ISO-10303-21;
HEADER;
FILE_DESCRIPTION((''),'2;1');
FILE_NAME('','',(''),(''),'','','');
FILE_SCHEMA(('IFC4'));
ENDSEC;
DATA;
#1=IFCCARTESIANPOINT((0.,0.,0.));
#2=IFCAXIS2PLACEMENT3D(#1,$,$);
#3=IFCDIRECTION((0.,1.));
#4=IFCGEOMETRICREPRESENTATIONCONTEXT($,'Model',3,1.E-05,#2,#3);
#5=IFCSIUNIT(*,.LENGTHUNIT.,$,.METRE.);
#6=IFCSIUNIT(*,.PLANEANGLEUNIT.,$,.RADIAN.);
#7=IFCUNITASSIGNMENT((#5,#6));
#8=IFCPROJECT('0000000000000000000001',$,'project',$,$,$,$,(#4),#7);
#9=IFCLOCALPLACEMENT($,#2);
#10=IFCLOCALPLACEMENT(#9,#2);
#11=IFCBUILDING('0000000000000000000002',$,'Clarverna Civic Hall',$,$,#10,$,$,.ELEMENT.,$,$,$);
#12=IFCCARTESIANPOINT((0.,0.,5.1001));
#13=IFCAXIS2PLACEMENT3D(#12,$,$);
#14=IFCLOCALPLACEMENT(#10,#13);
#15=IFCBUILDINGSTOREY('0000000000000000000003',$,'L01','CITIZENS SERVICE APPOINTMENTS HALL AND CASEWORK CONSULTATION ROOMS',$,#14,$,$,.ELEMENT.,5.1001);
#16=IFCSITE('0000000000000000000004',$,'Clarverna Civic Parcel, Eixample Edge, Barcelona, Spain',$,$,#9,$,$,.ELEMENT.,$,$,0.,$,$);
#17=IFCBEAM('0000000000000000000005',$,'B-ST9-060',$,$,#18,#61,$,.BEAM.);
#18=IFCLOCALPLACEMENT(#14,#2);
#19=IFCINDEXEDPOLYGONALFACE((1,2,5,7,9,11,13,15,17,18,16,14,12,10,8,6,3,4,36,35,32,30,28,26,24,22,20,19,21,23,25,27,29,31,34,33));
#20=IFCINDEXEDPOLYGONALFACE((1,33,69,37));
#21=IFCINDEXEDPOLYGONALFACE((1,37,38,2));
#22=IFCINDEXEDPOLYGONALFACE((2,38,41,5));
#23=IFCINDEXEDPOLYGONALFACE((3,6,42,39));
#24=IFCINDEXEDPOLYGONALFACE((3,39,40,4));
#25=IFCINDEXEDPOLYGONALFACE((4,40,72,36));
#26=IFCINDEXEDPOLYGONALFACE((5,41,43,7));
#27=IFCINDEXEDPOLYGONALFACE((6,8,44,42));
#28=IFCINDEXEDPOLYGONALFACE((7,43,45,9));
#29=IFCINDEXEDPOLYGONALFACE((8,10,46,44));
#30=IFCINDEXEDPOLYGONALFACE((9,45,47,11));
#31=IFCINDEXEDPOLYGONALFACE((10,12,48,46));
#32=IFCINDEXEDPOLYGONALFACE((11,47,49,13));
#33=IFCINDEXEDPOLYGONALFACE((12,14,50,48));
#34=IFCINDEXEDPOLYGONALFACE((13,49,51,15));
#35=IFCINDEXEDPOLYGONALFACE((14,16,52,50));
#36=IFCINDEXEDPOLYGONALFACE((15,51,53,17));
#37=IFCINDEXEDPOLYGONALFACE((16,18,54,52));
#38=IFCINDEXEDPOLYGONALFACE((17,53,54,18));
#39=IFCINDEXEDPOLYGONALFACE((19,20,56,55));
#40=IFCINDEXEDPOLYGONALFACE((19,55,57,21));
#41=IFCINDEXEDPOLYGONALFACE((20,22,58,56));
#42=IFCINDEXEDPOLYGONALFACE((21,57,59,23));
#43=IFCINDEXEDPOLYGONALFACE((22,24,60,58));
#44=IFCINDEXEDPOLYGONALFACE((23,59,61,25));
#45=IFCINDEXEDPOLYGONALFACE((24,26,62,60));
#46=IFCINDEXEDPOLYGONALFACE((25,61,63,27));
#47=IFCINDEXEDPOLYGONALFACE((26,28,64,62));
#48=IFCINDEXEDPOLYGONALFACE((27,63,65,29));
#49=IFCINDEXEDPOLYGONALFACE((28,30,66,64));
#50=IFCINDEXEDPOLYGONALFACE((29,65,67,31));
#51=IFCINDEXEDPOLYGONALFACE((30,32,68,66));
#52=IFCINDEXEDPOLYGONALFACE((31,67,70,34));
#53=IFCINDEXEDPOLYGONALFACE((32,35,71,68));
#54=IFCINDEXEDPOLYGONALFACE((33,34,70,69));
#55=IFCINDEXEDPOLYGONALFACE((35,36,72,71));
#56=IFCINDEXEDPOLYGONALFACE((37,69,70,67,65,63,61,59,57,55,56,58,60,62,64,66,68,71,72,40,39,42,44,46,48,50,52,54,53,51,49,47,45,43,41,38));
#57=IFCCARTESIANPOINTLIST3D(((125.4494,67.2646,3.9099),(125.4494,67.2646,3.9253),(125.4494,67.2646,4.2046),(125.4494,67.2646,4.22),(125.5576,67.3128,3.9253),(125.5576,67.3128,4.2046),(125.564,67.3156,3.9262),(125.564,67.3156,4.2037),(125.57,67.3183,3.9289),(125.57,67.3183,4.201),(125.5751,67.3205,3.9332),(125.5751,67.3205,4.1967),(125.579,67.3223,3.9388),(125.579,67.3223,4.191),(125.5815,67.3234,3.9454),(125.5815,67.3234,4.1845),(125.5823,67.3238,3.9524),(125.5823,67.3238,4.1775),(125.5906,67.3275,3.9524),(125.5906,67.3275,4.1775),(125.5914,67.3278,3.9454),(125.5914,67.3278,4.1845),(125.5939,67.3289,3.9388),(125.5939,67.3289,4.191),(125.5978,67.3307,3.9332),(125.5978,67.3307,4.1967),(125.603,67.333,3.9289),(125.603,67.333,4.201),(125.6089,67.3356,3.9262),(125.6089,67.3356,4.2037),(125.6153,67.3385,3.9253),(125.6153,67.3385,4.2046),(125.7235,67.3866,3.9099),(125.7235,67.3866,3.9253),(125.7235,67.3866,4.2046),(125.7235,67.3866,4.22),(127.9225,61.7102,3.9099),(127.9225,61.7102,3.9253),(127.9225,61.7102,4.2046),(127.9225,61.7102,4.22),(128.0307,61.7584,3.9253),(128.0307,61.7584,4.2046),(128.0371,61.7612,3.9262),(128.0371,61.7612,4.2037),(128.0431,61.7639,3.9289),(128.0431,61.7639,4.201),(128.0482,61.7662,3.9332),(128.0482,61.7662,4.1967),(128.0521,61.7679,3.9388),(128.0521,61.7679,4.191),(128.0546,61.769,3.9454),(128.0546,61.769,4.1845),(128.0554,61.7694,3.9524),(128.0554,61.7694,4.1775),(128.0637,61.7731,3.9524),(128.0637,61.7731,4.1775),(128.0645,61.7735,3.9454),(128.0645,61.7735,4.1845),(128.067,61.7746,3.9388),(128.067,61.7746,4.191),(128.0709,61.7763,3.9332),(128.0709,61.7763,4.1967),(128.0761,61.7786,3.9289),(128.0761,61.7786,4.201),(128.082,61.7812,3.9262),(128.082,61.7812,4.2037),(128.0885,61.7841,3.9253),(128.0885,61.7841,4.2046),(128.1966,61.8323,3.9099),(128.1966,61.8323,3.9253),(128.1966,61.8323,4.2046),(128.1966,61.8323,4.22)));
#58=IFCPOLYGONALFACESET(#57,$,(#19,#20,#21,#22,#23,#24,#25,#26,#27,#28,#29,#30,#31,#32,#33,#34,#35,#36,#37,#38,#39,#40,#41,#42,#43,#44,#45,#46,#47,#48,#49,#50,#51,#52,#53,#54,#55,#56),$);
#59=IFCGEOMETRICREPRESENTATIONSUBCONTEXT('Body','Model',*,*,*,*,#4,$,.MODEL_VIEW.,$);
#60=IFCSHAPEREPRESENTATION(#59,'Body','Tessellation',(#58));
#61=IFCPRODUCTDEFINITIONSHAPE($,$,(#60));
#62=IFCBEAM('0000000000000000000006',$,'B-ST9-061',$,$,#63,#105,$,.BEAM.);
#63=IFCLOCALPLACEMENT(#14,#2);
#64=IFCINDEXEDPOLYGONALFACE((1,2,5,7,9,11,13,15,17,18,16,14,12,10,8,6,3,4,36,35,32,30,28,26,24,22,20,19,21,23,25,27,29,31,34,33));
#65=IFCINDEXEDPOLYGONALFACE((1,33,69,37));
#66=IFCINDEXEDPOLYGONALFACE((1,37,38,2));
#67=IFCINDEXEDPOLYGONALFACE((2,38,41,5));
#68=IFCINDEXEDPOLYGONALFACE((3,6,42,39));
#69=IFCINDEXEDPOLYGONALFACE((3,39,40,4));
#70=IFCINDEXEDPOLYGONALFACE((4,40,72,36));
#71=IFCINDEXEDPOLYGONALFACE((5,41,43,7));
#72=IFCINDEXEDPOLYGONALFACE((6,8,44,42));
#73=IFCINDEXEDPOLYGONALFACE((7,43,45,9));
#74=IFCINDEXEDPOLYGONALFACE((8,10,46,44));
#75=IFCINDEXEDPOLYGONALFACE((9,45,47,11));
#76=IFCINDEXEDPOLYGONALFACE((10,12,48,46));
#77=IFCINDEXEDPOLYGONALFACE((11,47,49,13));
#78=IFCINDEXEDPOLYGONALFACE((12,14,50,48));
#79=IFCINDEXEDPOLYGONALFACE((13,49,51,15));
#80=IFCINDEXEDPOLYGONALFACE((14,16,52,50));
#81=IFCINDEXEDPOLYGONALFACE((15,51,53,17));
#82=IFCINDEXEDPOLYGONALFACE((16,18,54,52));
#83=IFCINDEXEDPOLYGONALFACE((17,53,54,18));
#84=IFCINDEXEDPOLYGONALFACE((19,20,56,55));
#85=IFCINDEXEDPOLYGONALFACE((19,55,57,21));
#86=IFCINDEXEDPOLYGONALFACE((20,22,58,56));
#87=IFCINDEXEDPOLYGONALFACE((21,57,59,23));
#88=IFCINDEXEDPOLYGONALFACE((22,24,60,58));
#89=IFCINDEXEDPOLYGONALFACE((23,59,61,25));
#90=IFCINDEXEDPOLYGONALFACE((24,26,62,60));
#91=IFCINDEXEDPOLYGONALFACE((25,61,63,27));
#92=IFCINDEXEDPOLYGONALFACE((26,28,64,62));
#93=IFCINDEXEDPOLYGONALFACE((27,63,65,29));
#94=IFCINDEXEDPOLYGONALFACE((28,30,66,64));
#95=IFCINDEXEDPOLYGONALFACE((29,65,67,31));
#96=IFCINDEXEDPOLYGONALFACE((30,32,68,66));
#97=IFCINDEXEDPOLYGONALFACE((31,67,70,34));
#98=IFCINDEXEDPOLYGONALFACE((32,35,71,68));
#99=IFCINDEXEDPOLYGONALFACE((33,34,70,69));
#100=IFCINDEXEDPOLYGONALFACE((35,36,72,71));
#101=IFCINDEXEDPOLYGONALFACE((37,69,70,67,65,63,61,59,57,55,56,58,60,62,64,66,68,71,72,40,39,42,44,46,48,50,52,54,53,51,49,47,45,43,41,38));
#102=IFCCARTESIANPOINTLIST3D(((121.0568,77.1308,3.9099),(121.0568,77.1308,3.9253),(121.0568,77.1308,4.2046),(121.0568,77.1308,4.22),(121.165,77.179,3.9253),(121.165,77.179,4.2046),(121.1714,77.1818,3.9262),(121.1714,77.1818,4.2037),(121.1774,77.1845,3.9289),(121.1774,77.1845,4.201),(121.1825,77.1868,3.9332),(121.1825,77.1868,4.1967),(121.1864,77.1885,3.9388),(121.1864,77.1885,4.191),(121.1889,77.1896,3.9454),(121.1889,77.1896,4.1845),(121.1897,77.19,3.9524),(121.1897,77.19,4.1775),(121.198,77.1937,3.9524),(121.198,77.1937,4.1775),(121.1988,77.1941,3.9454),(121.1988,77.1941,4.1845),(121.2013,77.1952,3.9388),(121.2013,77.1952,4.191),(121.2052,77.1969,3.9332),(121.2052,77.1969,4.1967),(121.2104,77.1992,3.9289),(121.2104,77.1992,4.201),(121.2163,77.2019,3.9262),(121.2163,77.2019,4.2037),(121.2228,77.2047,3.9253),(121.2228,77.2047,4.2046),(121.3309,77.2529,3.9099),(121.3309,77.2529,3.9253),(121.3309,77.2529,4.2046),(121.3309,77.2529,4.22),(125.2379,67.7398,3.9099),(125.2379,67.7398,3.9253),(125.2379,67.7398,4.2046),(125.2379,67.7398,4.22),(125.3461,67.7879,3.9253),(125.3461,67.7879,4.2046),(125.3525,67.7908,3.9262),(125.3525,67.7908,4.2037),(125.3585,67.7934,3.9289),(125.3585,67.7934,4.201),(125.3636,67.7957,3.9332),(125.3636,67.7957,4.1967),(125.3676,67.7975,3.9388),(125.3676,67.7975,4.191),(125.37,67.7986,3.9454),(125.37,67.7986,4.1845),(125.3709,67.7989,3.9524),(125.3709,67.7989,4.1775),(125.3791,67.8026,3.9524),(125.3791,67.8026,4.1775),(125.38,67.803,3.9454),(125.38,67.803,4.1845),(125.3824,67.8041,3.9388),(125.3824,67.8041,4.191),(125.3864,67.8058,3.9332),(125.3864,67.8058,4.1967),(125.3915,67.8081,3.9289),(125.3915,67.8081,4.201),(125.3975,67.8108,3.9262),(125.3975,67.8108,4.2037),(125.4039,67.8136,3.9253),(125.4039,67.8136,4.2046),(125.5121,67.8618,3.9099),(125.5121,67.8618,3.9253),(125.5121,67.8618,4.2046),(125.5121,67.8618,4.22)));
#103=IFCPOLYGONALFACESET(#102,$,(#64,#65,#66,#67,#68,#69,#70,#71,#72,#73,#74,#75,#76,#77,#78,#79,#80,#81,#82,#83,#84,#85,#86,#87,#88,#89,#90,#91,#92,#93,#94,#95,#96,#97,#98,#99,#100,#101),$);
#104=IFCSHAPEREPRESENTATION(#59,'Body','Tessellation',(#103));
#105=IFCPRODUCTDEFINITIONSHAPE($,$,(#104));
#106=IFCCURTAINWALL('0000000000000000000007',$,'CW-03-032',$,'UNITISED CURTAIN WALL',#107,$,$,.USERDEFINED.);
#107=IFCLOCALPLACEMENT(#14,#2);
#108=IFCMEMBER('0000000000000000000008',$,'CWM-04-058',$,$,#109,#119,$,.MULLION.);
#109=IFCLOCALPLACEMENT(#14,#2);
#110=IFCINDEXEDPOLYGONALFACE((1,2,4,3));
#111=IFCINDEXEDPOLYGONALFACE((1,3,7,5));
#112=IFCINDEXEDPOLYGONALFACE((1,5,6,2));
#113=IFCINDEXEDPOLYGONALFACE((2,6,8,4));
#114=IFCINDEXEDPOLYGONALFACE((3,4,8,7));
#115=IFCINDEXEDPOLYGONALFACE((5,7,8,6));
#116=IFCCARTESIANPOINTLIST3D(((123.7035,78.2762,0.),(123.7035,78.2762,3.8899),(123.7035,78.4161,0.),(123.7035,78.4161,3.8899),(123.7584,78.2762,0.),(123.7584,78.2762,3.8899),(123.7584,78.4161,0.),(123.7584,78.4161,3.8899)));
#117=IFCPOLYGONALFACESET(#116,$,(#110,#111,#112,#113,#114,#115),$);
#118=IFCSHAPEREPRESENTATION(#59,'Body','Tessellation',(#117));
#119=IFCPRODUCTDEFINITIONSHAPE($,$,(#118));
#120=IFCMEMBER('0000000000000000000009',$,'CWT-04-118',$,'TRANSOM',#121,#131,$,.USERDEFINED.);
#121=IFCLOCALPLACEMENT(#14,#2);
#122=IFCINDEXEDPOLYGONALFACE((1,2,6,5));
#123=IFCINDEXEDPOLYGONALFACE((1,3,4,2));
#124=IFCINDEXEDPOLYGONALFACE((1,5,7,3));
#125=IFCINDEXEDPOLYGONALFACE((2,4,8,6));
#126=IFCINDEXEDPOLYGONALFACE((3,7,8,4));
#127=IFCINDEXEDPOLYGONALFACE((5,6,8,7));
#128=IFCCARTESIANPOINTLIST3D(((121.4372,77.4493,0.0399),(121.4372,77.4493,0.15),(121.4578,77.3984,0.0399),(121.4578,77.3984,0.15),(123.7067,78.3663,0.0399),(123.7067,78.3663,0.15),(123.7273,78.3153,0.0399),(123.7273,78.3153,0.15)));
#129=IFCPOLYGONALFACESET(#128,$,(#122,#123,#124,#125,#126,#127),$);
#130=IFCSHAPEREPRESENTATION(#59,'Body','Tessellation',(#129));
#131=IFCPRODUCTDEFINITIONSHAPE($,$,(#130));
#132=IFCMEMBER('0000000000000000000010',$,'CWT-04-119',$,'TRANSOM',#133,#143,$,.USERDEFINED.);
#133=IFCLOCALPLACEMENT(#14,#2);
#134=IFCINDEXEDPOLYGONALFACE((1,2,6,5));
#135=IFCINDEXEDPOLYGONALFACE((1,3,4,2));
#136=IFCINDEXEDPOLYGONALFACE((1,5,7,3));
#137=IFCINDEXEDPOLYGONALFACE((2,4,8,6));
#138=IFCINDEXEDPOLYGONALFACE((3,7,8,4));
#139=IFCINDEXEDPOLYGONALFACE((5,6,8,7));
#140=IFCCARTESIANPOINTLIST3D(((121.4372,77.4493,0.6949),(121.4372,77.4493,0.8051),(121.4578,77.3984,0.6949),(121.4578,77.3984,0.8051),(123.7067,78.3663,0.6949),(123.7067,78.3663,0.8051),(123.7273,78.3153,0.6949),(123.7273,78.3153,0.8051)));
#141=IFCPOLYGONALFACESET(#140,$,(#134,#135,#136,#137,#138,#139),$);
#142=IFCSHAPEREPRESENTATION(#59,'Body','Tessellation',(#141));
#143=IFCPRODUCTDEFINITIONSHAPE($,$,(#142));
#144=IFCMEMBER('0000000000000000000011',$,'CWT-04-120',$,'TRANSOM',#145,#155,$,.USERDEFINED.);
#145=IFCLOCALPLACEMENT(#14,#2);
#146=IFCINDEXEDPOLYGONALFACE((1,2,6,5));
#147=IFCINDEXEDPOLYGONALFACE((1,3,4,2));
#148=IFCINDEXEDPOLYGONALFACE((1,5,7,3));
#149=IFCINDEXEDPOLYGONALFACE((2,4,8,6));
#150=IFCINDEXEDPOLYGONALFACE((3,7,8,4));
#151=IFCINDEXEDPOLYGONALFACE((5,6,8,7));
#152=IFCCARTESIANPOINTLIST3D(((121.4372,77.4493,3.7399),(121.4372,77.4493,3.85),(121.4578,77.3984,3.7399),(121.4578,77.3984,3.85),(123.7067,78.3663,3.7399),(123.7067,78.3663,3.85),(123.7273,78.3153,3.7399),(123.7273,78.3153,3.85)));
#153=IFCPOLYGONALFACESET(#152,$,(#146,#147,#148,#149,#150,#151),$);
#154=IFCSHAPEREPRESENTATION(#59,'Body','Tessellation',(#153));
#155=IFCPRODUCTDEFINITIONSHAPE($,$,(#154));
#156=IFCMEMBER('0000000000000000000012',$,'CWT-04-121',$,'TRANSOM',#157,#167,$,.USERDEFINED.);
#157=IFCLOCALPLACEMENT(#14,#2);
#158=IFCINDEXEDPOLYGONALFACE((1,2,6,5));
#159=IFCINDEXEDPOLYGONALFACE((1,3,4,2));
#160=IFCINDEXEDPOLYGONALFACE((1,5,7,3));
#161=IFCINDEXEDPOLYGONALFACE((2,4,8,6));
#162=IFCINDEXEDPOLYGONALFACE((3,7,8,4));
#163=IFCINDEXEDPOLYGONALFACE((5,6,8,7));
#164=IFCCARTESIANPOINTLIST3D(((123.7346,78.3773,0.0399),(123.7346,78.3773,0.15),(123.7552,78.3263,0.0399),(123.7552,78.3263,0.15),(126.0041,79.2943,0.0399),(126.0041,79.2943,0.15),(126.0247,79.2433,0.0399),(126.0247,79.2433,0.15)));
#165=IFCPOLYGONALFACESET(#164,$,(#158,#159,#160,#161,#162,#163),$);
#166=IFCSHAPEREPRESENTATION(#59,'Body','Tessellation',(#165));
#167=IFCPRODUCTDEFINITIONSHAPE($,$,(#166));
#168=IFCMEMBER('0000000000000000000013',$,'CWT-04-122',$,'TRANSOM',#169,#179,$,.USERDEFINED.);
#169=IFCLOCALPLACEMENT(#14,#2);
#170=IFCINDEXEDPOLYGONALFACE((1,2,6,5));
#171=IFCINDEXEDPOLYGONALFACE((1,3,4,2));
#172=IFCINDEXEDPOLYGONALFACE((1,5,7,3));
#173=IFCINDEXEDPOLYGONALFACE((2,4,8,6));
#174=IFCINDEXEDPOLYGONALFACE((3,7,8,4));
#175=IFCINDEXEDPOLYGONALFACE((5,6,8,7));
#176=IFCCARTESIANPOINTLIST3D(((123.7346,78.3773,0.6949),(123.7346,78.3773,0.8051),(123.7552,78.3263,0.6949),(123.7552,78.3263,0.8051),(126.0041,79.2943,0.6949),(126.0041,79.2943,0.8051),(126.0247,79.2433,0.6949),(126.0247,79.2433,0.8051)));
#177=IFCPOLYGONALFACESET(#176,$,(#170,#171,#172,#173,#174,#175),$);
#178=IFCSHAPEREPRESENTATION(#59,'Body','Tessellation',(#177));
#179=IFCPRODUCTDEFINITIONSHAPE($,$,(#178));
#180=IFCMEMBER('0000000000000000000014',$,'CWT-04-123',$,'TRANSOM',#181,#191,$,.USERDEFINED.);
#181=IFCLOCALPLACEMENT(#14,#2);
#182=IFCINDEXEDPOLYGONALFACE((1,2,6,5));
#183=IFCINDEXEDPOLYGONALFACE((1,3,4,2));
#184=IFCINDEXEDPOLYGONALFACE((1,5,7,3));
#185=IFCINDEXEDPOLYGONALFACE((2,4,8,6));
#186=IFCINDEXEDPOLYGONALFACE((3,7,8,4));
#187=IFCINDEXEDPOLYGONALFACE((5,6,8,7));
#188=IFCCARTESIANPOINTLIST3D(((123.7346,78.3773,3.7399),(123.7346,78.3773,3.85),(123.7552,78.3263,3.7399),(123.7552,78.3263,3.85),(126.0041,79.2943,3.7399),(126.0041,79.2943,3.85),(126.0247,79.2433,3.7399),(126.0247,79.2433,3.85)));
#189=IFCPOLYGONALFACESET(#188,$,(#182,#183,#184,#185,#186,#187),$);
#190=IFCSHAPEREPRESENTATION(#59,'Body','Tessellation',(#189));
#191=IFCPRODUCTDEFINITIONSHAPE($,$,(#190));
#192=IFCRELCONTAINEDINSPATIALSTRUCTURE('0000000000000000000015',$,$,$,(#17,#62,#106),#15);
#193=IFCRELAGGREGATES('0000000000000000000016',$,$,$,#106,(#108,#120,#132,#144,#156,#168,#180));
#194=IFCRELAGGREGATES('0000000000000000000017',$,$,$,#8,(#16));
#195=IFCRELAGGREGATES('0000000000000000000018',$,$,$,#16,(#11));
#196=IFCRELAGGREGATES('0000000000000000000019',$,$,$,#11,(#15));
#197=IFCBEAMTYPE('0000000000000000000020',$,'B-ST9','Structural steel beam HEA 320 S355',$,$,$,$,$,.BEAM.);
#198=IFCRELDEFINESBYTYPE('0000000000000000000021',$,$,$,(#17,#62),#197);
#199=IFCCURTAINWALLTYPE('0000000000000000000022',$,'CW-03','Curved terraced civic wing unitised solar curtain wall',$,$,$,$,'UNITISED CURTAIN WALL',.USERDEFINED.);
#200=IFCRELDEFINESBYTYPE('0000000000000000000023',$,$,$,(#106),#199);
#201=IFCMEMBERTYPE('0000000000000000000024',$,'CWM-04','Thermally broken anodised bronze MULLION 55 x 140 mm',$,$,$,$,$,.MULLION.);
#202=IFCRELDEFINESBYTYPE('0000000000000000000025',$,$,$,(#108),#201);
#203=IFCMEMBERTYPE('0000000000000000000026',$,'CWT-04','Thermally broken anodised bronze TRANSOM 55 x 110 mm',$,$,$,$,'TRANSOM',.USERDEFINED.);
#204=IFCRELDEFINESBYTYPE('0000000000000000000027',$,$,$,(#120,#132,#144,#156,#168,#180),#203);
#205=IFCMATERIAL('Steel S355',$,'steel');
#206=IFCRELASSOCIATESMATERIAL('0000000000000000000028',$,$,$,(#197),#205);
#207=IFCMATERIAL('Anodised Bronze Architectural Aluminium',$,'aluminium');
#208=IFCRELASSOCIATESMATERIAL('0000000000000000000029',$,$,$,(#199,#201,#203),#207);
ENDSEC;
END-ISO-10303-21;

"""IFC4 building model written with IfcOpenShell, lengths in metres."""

from ifc_helpers import new_model, si_unit, direction, frame, origin, origin_2d, place, context, subcontext, project, spatial, rectangle, i_section, extrude, material, material_profile, profile_set, type_object, element, aggregate, save


model = new_model("IFC4")

# Units and contexts
model_context = context("Model", 3, precision=1e-05, world=origin(), true_north=direction((0.0, 1.0)))
body_context = subcontext(model_context, "Body", "Model", "MODEL_VIEW")
ifc_project = project(units=[si_unit("LENGTHUNIT", "METRE"), si_unit("PLANEANGLEUNIT", "RADIAN")], contexts=[model_context])

# Site, building, storey
site_placement = place(None, origin())
site = spatial("IfcSite", under=ifc_project, at=site_placement, Name="Clarverna Civic Parcel, Eixample Edge, Barcelona, Spain", CompositionType="ELEMENT", RefElevation=0.0)
building_placement = place(site_placement, origin())
building = spatial("IfcBuilding", under=site, at=building_placement, Name="Clarverna Civic Hall", CompositionType="ELEMENT")
storey_placement = place(building_placement, frame((0.0, 0.0, 5.1001)))
storey = spatial("IfcBuildingStorey", under=building, at=storey_placement, Name="L01", Description="CITIZENS SERVICE APPOINTMENTS HALL AND CASEWORK CONSULTATION ROOMS", CompositionType="ELEMENT", Elevation=5.1001)

# Beams
ifc_material_1 = material(Name="Steel S355", Category="steel")
ifc_material_profile_1 = material_profile(ifc_material_1, i_section(OverallWidth=0.3, OverallDepth=0.3101, WebThickness=0.009, FlangeThickness=0.0154, FilletRadius=0.0271, at=origin_2d()), Name="HEA 320")
ifc_profile_set_1 = profile_set([ifc_material_profile_1], Name="Steel S355")
beam_type_1 = type_object("IfcBeamType", Name="B-ST9", Description="Structural steel beam HEA 320 S355", PredefinedType="BEAM", material=ifc_profile_set_1)
beam_1_placement = place(storey_placement, frame((128.0596, 61.7712, 4.0649), z_axis=(-0.406757, 0.913536, 0.0), x_axis=(-0.913536, -0.406757, 0.0)))
element("IfcBeam", 1, at=beam_1_placement, inside=storey, type_object=beam_type_1, Name="B-ST9-060", PredefinedType="BEAM", context=body_context, shape_type="SweptSolid", body=[
    extrude(i_section(OverallWidth=0.3, OverallDepth=0.3101, WebThickness=0.009, FlangeThickness=0.0154, FilletRadius=0.0271, at=origin_2d()), origin(), (0.0, 0.0, 1.0), 6.0801),
])
beam_2_placement = place(storey_placement, frame((125.375, 67.8008, 4.0649), z_axis=(-0.406733, 0.913547, 0.0), x_axis=(-0.913547, -0.406733, 0.0)))
element("IfcBeam", 2, at=beam_2_placement, inside=storey, type_object=beam_type_1, Name="B-ST9-061", PredefinedType="BEAM", context=body_context, shape_type="SweptSolid", body=[
    extrude(i_section(OverallWidth=0.3, OverallDepth=0.3101, WebThickness=0.009, FlangeThickness=0.0154, FilletRadius=0.0271, at=origin_2d()), origin(), (0.0, 0.0, 1.0), 10.2798),
])

# Curtain wall, members
ifc_material_2 = material(Name="Anodised Bronze Architectural Aluminium", Category="aluminium")
curtain_wall_type = type_object("IfcCurtainWallType", Name="CW-03", Description="Curved terraced civic wing unitised solar curtain wall", ElementType="UNITISED CURTAIN WALL", PredefinedType="USERDEFINED", material=ifc_material_2)
curtain_wall_placement = place(storey_placement, origin())
curtain_wall = element("IfcCurtainWall", 3, at=curtain_wall_placement, inside=storey, type_object=curtain_wall_type, Name="CW-03-032", ObjectType="UNITISED CURTAIN WALL", PredefinedType="USERDEFINED")
ifc_material_profile_2 = material_profile(ifc_material_2, rectangle(XDim=0.0549, YDim=0.1399, at=origin_2d()), Name="BRONZE 55x140")
ifc_profile_set_2 = profile_set([ifc_material_profile_2], Name="Anodised Bronze Architectural Aluminium")
member_type_1 = type_object("IfcMemberType", Name="CWM-04", Description="Thermally broken anodised bronze MULLION 55 x 140 mm", PredefinedType="MULLION", material=ifc_profile_set_2)
member_1_placement = place(storey_placement, frame((123.731, 78.3462, 0.0), z_axis=(0.0, 0.0, 1.0), x_axis=(1.0, 0.0, 0.0)))
member_1 = element("IfcMember", 4, at=member_1_placement, type_object=member_type_1, Name="CWM-04-058", PredefinedType="MULLION", context=body_context, shape_type="SweptSolid", body=[
    extrude(rectangle(XDim=0.0549, YDim=0.1399, at=origin_2d()), origin(), (0.0, 0.0, 1.0), 3.8899),
])
ifc_material_profile_3 = material_profile(ifc_material_2, rectangle(XDim=0.0549, YDim=0.1101, at=origin_2d()), Name="BRONZE 55x110")
ifc_profile_set_3 = profile_set([ifc_material_profile_3], Name="Anodised Bronze Architectural Aluminium")
member_type_2 = type_object("IfcMemberType", Name="CWT-04", Description="Thermally broken anodised bronze TRANSOM 55 x 110 mm", ElementType="TRANSOM", PredefinedType="USERDEFINED", material=ifc_profile_set_3)
member_2_placement = place(storey_placement, frame((121.4475, 77.4238, 0.095), z_axis=(0.927178, 0.374621, 0.0), x_axis=(-0.374621, 0.927178, 0.0)))
member_2 = element("IfcMember", 5, at=member_2_placement, type_object=member_type_2, Name="CWT-04-118", ObjectType="TRANSOM", PredefinedType="USERDEFINED", context=body_context, shape_type="SweptSolid", body=[
    extrude(rectangle(XDim=0.0549, YDim=0.1101, at=origin_2d()), origin(), (0.0, 0.0, 1.0), 2.4478),
])
member_3_placement = place(storey_placement, frame((121.4475, 77.4238, 0.75), z_axis=(0.927178, 0.374621, 0.0), x_axis=(-0.374621, 0.927178, 0.0)))
member_3 = element("IfcMember", 6, at=member_3_placement, type_object=member_type_2, Name="CWT-04-119", ObjectType="TRANSOM", PredefinedType="USERDEFINED", context=body_context, shape_type="SweptSolid", body=[
    extrude(rectangle(XDim=0.0549, YDim=0.1101, at=origin_2d()), origin(), (0.0, 0.0, 1.0), 2.4478),
])
member_4_placement = place(storey_placement, frame((121.4475, 77.4238, 3.7949), z_axis=(0.927178, 0.374621, 0.0), x_axis=(-0.374621, 0.927178, 0.0)))
member_4 = element("IfcMember", 7, at=member_4_placement, type_object=member_type_2, Name="CWT-04-120", ObjectType="TRANSOM", PredefinedType="USERDEFINED", context=body_context, shape_type="SweptSolid", body=[
    extrude(rectangle(XDim=0.0549, YDim=0.1101, at=origin_2d()), origin(), (0.0, 0.0, 1.0), 2.4478),
])
member_5_placement = place(storey_placement, frame((123.7449, 78.3518, 0.095), z_axis=(0.927178, 0.374621, 0.0), x_axis=(-0.374621, 0.927178, 0.0)))
member_5 = element("IfcMember", 8, at=member_5_placement, type_object=member_type_2, Name="CWT-04-121", ObjectType="TRANSOM", PredefinedType="USERDEFINED", context=body_context, shape_type="SweptSolid", body=[
    extrude(rectangle(XDim=0.0549, YDim=0.1101, at=origin_2d()), origin(), (0.0, 0.0, 1.0), 2.4478),
])
member_6_placement = place(storey_placement, frame((123.7449, 78.3518, 0.75), z_axis=(0.927178, 0.374621, 0.0), x_axis=(-0.374621, 0.927178, 0.0)))
member_6 = element("IfcMember", 9, at=member_6_placement, type_object=member_type_2, Name="CWT-04-122", ObjectType="TRANSOM", PredefinedType="USERDEFINED", context=body_context, shape_type="SweptSolid", body=[
    extrude(rectangle(XDim=0.0549, YDim=0.1101, at=origin_2d()), origin(), (0.0, 0.0, 1.0), 2.4478),
])
member_7_placement = place(storey_placement, frame((123.7449, 78.3518, 3.7949), z_axis=(0.927178, 0.374621, 0.0), x_axis=(-0.374621, 0.927178, 0.0)))
member_7 = element("IfcMember", 10, at=member_7_placement, type_object=member_type_2, Name="CWT-04-123", ObjectType="TRANSOM", PredefinedType="USERDEFINED", context=body_context, shape_type="SweptSolid", body=[
    extrude(rectangle(XDim=0.0549, YDim=0.1101, at=origin_2d()), origin(), (0.0, 0.0, 1.0), 2.4478),
])
aggregate(curtain_wall, [member_1, member_2, member_3, member_4, member_5, member_6, member_7])

save(model, "model.ifc")
